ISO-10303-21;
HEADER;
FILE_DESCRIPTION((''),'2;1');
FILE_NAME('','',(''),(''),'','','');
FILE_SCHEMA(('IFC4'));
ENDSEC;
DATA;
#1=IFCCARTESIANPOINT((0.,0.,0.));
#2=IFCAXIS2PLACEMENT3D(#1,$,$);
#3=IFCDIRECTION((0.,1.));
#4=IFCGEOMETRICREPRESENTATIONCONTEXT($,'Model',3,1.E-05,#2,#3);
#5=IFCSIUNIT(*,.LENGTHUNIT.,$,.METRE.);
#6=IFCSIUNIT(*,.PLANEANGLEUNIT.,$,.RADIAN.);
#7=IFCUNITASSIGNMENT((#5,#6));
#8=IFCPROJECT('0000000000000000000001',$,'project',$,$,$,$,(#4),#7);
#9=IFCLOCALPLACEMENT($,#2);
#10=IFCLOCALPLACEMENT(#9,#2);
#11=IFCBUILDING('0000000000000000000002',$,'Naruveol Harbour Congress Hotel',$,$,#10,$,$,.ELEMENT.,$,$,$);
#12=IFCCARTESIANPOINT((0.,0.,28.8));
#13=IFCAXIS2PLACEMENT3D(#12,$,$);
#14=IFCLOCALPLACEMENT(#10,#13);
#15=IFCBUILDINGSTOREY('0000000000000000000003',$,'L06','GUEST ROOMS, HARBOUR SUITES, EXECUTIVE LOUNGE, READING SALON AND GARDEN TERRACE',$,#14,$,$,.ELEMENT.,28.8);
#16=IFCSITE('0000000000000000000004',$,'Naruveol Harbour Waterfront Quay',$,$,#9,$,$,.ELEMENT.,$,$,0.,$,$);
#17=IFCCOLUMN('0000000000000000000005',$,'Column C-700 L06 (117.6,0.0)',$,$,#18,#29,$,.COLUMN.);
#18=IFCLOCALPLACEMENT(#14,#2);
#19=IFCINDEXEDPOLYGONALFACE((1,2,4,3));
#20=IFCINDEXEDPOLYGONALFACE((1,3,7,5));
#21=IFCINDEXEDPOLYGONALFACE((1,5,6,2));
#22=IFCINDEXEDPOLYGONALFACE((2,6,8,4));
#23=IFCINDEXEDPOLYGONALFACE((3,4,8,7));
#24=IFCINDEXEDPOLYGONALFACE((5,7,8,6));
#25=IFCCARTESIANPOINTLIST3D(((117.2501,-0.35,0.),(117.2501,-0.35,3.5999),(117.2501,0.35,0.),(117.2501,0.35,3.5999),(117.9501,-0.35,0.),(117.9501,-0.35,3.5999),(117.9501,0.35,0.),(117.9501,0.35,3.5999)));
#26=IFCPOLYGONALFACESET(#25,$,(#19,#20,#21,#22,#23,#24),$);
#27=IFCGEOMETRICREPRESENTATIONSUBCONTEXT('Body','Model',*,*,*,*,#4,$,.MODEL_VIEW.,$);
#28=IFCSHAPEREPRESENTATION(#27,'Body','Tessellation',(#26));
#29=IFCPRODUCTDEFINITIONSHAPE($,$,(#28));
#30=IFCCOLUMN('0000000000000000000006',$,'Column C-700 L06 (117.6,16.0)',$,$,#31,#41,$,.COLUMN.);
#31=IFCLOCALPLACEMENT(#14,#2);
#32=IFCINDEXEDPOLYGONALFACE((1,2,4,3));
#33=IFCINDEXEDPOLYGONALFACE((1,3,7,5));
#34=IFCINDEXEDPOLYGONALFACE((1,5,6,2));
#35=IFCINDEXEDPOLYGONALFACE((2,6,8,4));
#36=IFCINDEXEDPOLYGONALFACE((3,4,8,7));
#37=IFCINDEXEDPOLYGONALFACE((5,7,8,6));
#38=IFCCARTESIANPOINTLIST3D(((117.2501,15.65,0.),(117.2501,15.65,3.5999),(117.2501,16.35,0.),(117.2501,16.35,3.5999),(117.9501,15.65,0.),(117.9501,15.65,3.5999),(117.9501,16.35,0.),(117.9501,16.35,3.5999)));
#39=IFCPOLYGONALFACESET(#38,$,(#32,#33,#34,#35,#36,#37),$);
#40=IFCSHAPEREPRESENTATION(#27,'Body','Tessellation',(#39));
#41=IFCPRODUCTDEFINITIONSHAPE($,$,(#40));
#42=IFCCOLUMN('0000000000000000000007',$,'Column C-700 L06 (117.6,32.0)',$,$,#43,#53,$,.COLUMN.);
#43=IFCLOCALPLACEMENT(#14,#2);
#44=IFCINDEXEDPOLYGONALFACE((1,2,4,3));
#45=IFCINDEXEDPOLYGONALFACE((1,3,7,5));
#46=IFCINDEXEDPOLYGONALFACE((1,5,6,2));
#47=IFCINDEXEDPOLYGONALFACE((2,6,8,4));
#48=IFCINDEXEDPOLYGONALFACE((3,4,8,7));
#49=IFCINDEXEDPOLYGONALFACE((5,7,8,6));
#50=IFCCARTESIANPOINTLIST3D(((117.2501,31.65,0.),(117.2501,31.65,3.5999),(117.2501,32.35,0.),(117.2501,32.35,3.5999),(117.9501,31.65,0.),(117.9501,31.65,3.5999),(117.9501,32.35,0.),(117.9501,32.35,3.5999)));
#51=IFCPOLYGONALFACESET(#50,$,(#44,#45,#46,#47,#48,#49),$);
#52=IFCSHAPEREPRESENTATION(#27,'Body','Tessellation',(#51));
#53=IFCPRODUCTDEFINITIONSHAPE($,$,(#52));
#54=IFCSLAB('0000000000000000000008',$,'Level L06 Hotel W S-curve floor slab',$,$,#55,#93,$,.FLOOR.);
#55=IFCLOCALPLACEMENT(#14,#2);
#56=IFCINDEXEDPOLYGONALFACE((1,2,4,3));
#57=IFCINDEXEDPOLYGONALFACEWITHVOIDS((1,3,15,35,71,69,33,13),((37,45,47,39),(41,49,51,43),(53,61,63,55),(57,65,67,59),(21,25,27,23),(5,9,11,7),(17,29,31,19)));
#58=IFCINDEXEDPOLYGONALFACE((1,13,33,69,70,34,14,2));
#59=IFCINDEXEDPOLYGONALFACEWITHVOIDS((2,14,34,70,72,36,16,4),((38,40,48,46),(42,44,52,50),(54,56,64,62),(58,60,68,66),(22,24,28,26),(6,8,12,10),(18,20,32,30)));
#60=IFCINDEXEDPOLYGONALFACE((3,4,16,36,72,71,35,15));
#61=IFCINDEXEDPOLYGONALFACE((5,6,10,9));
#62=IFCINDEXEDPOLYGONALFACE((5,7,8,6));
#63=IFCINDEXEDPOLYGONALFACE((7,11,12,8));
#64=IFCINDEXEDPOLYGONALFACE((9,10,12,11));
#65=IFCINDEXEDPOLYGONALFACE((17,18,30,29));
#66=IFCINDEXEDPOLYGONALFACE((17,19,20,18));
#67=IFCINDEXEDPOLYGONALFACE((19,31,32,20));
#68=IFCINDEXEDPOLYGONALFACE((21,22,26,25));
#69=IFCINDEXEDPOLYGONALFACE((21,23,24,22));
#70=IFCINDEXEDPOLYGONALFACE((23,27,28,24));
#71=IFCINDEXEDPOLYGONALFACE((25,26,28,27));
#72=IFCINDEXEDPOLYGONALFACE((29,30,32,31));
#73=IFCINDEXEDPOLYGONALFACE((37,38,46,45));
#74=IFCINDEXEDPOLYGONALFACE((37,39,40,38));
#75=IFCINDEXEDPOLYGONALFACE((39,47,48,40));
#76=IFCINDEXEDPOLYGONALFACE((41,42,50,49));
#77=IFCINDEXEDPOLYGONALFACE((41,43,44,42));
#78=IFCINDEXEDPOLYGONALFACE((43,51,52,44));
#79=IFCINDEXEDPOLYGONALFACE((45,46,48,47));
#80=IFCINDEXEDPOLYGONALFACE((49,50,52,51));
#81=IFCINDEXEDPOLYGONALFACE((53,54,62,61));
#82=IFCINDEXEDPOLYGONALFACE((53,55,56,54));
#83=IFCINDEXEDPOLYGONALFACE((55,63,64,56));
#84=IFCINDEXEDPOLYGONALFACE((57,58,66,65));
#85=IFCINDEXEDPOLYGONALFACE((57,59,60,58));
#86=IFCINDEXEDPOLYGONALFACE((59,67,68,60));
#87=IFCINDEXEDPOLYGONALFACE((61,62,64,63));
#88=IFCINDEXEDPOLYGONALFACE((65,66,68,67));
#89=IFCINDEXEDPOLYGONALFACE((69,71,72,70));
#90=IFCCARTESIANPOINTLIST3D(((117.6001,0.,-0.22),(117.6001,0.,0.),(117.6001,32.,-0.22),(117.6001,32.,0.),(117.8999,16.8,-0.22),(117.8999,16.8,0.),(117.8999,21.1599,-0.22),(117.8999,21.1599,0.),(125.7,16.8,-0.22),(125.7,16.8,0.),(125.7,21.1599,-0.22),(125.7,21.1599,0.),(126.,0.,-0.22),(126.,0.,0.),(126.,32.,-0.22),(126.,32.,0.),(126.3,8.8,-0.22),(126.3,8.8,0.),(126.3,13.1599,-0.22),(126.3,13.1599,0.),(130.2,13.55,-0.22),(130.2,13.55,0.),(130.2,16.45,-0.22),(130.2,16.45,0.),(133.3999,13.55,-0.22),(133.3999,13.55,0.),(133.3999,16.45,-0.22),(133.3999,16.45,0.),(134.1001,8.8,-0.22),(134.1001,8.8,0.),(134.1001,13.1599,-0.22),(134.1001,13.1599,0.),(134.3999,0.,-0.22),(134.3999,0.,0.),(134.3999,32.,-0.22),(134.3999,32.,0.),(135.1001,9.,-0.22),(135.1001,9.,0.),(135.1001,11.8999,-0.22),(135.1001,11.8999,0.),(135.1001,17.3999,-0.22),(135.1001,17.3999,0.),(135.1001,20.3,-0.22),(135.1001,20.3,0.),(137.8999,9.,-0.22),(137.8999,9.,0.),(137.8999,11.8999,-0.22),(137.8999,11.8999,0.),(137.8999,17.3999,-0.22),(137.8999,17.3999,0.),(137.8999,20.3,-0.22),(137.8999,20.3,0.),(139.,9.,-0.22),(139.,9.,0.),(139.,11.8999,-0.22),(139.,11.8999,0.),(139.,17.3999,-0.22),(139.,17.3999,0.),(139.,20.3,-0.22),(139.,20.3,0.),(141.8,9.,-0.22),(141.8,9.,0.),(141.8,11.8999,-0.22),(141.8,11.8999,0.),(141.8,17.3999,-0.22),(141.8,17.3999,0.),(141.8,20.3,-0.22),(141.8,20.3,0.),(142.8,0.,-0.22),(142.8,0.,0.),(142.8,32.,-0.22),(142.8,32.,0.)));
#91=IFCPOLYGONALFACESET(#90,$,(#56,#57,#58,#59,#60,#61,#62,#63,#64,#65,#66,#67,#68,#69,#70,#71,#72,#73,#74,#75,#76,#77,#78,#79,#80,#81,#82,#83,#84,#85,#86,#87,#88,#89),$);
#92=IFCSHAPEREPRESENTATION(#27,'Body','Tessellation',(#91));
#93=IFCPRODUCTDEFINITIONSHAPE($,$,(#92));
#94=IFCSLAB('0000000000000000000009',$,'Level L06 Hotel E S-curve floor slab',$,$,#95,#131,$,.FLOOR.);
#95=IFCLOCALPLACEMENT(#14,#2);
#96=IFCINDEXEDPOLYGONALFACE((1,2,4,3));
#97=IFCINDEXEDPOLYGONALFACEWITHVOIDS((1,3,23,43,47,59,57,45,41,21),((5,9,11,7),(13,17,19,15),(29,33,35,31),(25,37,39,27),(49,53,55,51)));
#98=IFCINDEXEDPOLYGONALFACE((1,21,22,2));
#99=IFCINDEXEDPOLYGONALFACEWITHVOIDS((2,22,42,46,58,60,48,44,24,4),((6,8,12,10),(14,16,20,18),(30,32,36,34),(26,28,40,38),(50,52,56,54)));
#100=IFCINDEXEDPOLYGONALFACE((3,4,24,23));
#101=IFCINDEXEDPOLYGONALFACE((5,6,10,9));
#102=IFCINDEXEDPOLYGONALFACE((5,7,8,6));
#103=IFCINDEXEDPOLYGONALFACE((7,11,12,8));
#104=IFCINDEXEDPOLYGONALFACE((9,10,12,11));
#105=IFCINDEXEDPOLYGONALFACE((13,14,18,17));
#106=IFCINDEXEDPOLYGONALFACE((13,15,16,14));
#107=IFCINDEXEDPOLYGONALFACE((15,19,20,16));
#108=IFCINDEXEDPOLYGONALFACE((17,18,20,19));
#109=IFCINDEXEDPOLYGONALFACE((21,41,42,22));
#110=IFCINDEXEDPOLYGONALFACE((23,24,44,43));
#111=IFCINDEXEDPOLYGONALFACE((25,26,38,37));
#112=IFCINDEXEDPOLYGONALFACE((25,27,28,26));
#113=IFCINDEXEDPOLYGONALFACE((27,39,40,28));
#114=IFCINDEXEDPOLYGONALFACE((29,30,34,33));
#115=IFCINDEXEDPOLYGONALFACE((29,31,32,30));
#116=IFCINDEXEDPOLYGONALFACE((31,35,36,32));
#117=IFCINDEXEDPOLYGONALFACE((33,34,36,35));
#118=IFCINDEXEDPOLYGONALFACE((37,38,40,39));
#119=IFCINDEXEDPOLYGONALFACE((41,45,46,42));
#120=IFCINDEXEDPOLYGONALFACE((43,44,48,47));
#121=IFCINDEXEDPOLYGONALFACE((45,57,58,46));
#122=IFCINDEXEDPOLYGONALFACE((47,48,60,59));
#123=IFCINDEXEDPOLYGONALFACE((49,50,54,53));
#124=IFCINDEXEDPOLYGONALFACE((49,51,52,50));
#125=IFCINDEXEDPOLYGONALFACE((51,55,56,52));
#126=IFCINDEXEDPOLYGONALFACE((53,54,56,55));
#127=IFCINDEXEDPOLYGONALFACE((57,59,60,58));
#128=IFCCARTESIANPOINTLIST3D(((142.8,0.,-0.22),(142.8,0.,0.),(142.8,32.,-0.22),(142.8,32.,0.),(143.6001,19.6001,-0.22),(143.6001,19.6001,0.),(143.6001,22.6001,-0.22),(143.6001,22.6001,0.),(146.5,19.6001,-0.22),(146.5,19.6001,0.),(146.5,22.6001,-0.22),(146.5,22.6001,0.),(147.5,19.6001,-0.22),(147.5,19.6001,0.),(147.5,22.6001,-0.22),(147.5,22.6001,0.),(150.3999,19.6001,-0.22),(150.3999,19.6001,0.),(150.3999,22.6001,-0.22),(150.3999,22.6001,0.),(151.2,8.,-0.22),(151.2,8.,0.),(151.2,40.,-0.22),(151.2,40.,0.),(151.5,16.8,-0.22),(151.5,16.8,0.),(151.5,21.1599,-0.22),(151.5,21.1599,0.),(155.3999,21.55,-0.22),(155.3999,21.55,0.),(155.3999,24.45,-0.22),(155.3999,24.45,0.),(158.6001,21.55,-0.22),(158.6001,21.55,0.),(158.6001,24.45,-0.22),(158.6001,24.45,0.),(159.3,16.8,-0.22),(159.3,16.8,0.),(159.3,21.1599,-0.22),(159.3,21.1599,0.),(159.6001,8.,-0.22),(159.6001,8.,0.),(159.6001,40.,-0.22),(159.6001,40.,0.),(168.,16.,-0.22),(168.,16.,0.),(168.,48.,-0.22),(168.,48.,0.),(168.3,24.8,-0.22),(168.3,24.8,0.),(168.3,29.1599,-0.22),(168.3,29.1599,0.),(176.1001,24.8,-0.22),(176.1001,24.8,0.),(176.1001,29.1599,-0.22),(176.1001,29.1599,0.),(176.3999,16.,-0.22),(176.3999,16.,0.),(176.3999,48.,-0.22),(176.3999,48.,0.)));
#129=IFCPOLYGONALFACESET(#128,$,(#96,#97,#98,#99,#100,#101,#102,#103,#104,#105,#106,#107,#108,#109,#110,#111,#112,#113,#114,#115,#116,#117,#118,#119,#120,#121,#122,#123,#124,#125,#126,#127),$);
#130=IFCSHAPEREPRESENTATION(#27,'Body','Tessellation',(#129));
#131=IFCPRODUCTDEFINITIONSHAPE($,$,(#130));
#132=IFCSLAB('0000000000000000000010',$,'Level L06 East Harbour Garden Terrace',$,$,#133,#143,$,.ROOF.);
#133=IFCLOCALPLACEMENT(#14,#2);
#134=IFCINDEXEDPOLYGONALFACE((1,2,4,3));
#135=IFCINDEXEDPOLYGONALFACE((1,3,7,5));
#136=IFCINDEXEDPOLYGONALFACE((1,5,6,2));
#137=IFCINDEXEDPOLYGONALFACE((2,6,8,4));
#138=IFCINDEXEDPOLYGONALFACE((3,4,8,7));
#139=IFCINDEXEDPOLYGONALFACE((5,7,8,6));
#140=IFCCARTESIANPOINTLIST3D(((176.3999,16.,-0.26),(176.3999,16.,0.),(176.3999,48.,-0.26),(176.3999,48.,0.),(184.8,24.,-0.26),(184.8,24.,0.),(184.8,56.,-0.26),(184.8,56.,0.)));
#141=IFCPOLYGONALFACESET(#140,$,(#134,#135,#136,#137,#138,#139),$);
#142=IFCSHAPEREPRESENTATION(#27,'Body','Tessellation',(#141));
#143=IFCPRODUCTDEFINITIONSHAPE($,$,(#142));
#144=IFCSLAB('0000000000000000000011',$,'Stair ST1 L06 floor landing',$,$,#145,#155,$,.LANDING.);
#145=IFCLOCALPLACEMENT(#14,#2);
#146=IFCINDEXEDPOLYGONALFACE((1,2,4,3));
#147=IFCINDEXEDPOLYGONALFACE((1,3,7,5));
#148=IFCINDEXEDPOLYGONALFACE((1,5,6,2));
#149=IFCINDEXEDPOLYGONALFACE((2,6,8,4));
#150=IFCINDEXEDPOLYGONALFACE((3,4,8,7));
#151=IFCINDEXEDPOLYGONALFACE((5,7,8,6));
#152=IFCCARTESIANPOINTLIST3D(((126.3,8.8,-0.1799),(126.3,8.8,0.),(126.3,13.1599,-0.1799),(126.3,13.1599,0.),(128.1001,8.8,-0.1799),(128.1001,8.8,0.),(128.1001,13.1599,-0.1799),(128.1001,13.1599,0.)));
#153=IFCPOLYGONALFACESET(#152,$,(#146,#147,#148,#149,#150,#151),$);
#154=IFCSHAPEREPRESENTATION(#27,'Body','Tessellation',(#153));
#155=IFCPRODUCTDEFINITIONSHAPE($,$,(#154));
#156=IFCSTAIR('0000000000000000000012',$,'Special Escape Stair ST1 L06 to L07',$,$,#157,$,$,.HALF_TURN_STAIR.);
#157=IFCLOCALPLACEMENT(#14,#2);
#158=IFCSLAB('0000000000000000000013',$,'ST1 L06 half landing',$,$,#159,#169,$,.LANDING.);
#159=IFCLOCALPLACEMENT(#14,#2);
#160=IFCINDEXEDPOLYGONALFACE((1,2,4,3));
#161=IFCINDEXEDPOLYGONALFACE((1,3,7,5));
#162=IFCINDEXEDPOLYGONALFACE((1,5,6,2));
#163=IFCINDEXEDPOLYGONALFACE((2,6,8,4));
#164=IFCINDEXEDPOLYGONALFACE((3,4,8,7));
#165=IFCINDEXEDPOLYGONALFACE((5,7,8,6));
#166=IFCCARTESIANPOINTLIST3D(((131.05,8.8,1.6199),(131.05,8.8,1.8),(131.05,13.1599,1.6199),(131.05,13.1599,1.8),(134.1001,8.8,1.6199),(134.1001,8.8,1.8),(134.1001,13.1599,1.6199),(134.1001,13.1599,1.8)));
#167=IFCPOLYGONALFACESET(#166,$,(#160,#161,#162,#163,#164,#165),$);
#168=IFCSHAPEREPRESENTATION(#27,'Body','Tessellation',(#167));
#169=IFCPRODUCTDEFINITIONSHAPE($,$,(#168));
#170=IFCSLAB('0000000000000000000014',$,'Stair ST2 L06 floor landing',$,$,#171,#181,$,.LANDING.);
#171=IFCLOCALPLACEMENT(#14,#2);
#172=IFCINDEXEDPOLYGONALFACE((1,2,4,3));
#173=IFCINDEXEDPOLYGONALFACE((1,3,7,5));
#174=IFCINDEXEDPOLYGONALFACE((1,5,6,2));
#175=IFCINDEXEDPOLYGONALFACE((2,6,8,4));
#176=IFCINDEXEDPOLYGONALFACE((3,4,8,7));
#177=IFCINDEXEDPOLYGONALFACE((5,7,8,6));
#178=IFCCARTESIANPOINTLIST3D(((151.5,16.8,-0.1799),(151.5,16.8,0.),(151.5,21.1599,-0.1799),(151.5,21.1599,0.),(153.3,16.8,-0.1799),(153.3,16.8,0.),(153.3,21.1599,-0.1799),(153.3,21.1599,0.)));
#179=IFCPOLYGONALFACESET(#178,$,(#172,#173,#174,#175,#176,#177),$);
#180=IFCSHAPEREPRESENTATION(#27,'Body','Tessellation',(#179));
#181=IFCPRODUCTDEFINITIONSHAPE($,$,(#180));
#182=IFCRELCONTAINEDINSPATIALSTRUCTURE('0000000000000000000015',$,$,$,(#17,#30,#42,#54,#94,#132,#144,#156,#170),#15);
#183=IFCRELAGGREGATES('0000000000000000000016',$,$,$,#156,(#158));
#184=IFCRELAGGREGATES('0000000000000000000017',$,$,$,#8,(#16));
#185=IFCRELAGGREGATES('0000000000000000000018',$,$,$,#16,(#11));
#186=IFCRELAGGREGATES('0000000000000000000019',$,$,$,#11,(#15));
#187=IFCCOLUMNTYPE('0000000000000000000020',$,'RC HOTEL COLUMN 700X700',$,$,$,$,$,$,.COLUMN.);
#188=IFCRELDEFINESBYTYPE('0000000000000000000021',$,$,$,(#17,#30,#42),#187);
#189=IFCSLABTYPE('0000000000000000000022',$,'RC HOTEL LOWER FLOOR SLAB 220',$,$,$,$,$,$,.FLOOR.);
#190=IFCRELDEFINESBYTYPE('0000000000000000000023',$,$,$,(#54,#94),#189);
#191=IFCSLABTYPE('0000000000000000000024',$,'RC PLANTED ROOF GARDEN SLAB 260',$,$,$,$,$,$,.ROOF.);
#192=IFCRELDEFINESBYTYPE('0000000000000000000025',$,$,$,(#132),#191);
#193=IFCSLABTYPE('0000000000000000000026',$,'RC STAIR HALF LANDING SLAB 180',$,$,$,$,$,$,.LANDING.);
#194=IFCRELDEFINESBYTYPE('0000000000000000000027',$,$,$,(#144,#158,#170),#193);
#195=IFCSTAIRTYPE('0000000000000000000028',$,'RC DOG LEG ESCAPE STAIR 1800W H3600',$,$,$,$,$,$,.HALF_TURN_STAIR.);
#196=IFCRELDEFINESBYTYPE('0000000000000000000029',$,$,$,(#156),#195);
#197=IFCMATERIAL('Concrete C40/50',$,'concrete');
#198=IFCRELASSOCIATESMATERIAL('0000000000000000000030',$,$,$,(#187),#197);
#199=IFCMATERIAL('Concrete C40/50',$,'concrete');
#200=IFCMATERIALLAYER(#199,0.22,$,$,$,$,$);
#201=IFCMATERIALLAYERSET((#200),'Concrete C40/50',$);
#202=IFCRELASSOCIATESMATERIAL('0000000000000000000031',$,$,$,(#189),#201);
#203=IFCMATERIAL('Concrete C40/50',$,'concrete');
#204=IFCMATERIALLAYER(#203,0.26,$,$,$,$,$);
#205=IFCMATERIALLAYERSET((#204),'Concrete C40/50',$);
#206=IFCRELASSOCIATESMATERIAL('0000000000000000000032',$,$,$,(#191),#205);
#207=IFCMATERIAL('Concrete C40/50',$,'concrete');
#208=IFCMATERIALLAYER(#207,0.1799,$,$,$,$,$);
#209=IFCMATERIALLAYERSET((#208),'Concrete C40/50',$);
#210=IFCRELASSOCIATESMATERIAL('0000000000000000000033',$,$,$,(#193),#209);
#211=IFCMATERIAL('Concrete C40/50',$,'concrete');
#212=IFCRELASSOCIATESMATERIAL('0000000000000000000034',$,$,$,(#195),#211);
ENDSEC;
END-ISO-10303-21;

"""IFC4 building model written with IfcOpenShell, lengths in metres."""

from ifc_helpers import new_model, si_unit, direction, frame, origin, origin_2d, place, context, subcontext, project, spatial, polyline, rectangle, outline, extrude, material, layer, layer_set, material_profile, profile_set, type_object, element, aggregate, save


model = new_model("IFC4")

# Units and contexts
model_context = context("Model", 3, precision=1e-05, world=origin(), true_north=direction((0.0, 1.0)))
body_context = subcontext(model_context, "Body", "Model", "MODEL_VIEW")
ifc_project = project(units=[si_unit("LENGTHUNIT", "METRE"), si_unit("PLANEANGLEUNIT", "RADIAN")], contexts=[model_context])

# Site, building, storey
site_placement = place(None, origin())
site = spatial("IfcSite", under=ifc_project, at=site_placement, Name="Naruveol Harbour Waterfront Quay", CompositionType="ELEMENT", RefElevation=0.0)
building_placement = place(site_placement, origin())
building = spatial("IfcBuilding", under=site, at=building_placement, Name="Naruveol Harbour Congress Hotel", CompositionType="ELEMENT")
storey_placement = place(building_placement, frame((0.0, 0.0, 28.8)))
storey = spatial("IfcBuildingStorey", under=building, at=storey_placement, Name="L06", Description="GUEST ROOMS, HARBOUR SUITES, EXECUTIVE LOUNGE, READING SALON AND GARDEN TERRACE", CompositionType="ELEMENT", Elevation=28.8)

# Columns
ifc_material_1 = material(Name="Concrete C40/50", Category="concrete")
ifc_material_profile = material_profile(ifc_material_1, rectangle(XDim=0.7, YDim=0.7, at=origin_2d()), Name="RC-700x700")
ifc_profile_set = profile_set([ifc_material_profile], Name="Concrete C40/50")
column_type = type_object("IfcColumnType", Name="RC HOTEL COLUMN 700X700", PredefinedType="COLUMN", material=ifc_profile_set)
for number, where, z_axis, x_axis, name in (
    (1, (117.6001, 0.0, 0.0), (0.0, 0.0, 1.0), (1.0, 0.0, 0.0), "Column C-700 L06 (117.6,0.0)"),
    (2, (117.6001, 16.0, 0.0), (0.0, 0.0, 1.0), (1.0, 0.0, 0.0), "Column C-700 L06 (117.6,16.0)"),
    (3, (117.6001, 32.0, 0.0), (0.0, 0.0, 1.0), (1.0, 0.0, 0.0), "Column C-700 L06 (117.6,32.0)"),
):
    element("IfcColumn", number, at=place(storey_placement, frame(where, z_axis=z_axis, x_axis=x_axis)), inside=storey, type_object=column_type, Name=name, PredefinedType="COLUMN", context=body_context, shape_type="SweptSolid", body=[
        extrude(rectangle(XDim=0.7, YDim=0.7, at=origin_2d()), origin(), (0.0, 0.0, 1.0), 3.5999),
    ])

# Slabs
ifc_material_2 = material(Name="Concrete C40/50", Category="concrete")
ifc_layer_1 = layer(ifc_material_2, 0.22)
ifc_layer_set_1 = layer_set([ifc_layer_1], Name="Concrete C40/50")
slab_type_1 = type_object("IfcSlabType", Name="RC HOTEL LOWER FLOOR SLAB 220", PredefinedType="FLOOR", material=ifc_layer_set_1)
slab_1_placement = place(storey_placement, frame((0.0, 0.0, -0.22)))
element("IfcSlab", 4, at=slab_1_placement, inside=storey, type_object=slab_type_1, Name="Level L06 Hotel W S-curve floor slab", PredefinedType="FLOOR", context=body_context, shape_type="SweptSolid", body=[
    extrude(outline(polyline([(117.6001, 0.0), (126.0, 0.0), (134.3999, 0.0), (142.8, 0.0), (142.8, 32.0), (134.3999, 32.0), (126.0, 32.0), (117.6001, 32.0), (117.6001, 0.0)]), holes=[polyline([(126.3, 8.8), (134.1001, 8.8), (134.1001, 13.1599), (126.3, 13.1599), (126.3, 8.8)]), polyline([(117.8999, 16.8), (125.7, 16.8), (125.7, 21.1599), (117.8999, 21.1599), (117.8999, 16.8)]), polyline([(135.1001, 17.3999), (137.8999, 17.3999), (137.8999, 20.3), (135.1001, 20.3), (135.1001, 17.3999)]), polyline([(139.0, 17.3999), (141.8, 17.3999), (141.8, 20.3), (139.0, 20.3), (139.0, 17.3999)]), polyline([(135.1001, 9.0), (137.8999, 9.0), (137.8999, 11.8999), (135.1001, 11.8999), (135.1001, 9.0)]), polyline([(139.0, 9.0), (141.8, 9.0), (141.8, 11.8999), (139.0, 11.8999), (139.0, 9.0)]), polyline([(130.2, 13.55), (133.3999, 13.55), (133.3999, 16.45), (130.2, 16.45), (130.2, 13.55)])]), origin(), (0.0, 0.0, 1.0), 0.22),
])
slab_2_placement = place(storey_placement, frame((0.0, 0.0, -0.22)))
element("IfcSlab", 5, at=slab_2_placement, inside=storey, type_object=slab_type_1, Name="Level L06 Hotel E S-curve floor slab", PredefinedType="FLOOR", context=body_context, shape_type="SweptSolid", body=[
    extrude(outline(polyline([(142.8, 0.0), (151.2, 8.0), (159.6001, 8.0), (168.0, 16.0), (176.3999, 16.0), (176.3999, 48.0), (168.0, 48.0), (159.6001, 40.0), (151.2, 40.0), (142.8, 32.0), (142.8, 0.0)]), holes=[polyline([(151.5, 16.8), (159.3, 16.8), (159.3, 21.1599), (151.5, 21.1599), (151.5, 16.8)]), polyline([(168.3, 24.8), (176.1001, 24.8), (176.1001, 29.1599), (168.3, 29.1599), (168.3, 24.8)]), polyline([(155.3999, 21.55), (158.6001, 21.55), (158.6001, 24.45), (155.3999, 24.45), (155.3999, 21.55)]), polyline([(143.6001, 19.6001), (146.5, 19.6001), (146.5, 22.6001), (143.6001, 22.6001), (143.6001, 19.6001)]), polyline([(147.5, 19.6001), (150.3999, 19.6001), (150.3999, 22.6001), (147.5, 22.6001), (147.5, 19.6001)])]), origin(), (0.0, 0.0, 1.0), 0.22),
])
ifc_material_3 = material(Name="Concrete C40/50", Category="concrete")
ifc_layer_2 = layer(ifc_material_3, 0.26)
ifc_layer_set_2 = layer_set([ifc_layer_2], Name="Concrete C40/50")
slab_type_2 = type_object("IfcSlabType", Name="RC PLANTED ROOF GARDEN SLAB 260", PredefinedType="ROOF", material=ifc_layer_set_2)
slab_3_placement = place(storey_placement, frame((0.0, 0.0, -0.26)))
element("IfcSlab", 6, at=slab_3_placement, inside=storey, type_object=slab_type_2, Name="Level L06 East Harbour Garden Terrace", PredefinedType="ROOF", context=body_context, shape_type="SweptSolid", body=[
    extrude(outline(polyline([(176.3999, 16.0), (184.8, 24.0), (184.8, 56.0), (176.3999, 48.0), (176.3999, 16.0)])), origin(), (0.0, 0.0, 1.0), 0.26),
])
ifc_material_4 = material(Name="Concrete C40/50", Category="concrete")
ifc_layer_3 = layer(ifc_material_4, 0.1799)
ifc_layer_set_3 = layer_set([ifc_layer_3], Name="Concrete C40/50")
slab_type_3 = type_object("IfcSlabType", Name="RC STAIR HALF LANDING SLAB 180", PredefinedType="LANDING", material=ifc_layer_set_3)
slab_4_placement = place(storey_placement, frame((0.0, 0.0, -0.1799)))
element("IfcSlab", 7, at=slab_4_placement, inside=storey, type_object=slab_type_3, Name="Stair ST1 L06 floor landing", PredefinedType="LANDING", context=body_context, shape_type="SweptSolid", body=[
    extrude(outline(polyline([(126.3, 8.8), (128.1001, 8.8), (128.1001, 13.1599), (126.3, 13.1599), (126.3, 8.8)])), origin(), (0.0, 0.0, 1.0), 0.1799),
])

# Stair, slab
ifc_material_5 = material(Name="Concrete C40/50", Category="concrete")
stair_type = type_object("IfcStairType", Name="RC DOG LEG ESCAPE STAIR 1800W H3600", PredefinedType="HALF_TURN_STAIR", material=ifc_material_5)
stair_1_placement = place(storey_placement, origin())
stair_1 = element("IfcStair", 8, at=stair_1_placement, inside=storey, type_object=stair_type, Name="Special Escape Stair ST1 L06 to L07", PredefinedType="HALF_TURN_STAIR")
slab_5_placement = place(storey_placement, frame((0.0, 0.0, 1.6199)))
slab_5 = element("IfcSlab", 9, at=slab_5_placement, type_object=slab_type_3, Name="ST1 L06 half landing", PredefinedType="LANDING", context=body_context, shape_type="SweptSolid", body=[
    extrude(outline(polyline([(131.05, 8.8), (134.1001, 8.8), (134.1001, 13.1599), (131.05, 13.1599), (131.05, 8.8)])), origin(), (0.0, 0.0, 1.0), 0.1802),
])
aggregate(stair_1, [slab_5])

# Slab
slab_6_placement = place(storey_placement, frame((0.0, 0.0, -0.1799)))
element("IfcSlab", 10, at=slab_6_placement, inside=storey, type_object=slab_type_3, Name="Stair ST2 L06 floor landing", PredefinedType="LANDING", context=body_context, shape_type="SweptSolid", body=[
    extrude(outline(polyline([(151.5, 16.8), (153.3, 16.8), (153.3, 21.1599), (151.5, 21.1599), (151.5, 16.8)])), origin(), (0.0, 0.0, 1.0), 0.1799),
])

save(model, "model.ifc")
